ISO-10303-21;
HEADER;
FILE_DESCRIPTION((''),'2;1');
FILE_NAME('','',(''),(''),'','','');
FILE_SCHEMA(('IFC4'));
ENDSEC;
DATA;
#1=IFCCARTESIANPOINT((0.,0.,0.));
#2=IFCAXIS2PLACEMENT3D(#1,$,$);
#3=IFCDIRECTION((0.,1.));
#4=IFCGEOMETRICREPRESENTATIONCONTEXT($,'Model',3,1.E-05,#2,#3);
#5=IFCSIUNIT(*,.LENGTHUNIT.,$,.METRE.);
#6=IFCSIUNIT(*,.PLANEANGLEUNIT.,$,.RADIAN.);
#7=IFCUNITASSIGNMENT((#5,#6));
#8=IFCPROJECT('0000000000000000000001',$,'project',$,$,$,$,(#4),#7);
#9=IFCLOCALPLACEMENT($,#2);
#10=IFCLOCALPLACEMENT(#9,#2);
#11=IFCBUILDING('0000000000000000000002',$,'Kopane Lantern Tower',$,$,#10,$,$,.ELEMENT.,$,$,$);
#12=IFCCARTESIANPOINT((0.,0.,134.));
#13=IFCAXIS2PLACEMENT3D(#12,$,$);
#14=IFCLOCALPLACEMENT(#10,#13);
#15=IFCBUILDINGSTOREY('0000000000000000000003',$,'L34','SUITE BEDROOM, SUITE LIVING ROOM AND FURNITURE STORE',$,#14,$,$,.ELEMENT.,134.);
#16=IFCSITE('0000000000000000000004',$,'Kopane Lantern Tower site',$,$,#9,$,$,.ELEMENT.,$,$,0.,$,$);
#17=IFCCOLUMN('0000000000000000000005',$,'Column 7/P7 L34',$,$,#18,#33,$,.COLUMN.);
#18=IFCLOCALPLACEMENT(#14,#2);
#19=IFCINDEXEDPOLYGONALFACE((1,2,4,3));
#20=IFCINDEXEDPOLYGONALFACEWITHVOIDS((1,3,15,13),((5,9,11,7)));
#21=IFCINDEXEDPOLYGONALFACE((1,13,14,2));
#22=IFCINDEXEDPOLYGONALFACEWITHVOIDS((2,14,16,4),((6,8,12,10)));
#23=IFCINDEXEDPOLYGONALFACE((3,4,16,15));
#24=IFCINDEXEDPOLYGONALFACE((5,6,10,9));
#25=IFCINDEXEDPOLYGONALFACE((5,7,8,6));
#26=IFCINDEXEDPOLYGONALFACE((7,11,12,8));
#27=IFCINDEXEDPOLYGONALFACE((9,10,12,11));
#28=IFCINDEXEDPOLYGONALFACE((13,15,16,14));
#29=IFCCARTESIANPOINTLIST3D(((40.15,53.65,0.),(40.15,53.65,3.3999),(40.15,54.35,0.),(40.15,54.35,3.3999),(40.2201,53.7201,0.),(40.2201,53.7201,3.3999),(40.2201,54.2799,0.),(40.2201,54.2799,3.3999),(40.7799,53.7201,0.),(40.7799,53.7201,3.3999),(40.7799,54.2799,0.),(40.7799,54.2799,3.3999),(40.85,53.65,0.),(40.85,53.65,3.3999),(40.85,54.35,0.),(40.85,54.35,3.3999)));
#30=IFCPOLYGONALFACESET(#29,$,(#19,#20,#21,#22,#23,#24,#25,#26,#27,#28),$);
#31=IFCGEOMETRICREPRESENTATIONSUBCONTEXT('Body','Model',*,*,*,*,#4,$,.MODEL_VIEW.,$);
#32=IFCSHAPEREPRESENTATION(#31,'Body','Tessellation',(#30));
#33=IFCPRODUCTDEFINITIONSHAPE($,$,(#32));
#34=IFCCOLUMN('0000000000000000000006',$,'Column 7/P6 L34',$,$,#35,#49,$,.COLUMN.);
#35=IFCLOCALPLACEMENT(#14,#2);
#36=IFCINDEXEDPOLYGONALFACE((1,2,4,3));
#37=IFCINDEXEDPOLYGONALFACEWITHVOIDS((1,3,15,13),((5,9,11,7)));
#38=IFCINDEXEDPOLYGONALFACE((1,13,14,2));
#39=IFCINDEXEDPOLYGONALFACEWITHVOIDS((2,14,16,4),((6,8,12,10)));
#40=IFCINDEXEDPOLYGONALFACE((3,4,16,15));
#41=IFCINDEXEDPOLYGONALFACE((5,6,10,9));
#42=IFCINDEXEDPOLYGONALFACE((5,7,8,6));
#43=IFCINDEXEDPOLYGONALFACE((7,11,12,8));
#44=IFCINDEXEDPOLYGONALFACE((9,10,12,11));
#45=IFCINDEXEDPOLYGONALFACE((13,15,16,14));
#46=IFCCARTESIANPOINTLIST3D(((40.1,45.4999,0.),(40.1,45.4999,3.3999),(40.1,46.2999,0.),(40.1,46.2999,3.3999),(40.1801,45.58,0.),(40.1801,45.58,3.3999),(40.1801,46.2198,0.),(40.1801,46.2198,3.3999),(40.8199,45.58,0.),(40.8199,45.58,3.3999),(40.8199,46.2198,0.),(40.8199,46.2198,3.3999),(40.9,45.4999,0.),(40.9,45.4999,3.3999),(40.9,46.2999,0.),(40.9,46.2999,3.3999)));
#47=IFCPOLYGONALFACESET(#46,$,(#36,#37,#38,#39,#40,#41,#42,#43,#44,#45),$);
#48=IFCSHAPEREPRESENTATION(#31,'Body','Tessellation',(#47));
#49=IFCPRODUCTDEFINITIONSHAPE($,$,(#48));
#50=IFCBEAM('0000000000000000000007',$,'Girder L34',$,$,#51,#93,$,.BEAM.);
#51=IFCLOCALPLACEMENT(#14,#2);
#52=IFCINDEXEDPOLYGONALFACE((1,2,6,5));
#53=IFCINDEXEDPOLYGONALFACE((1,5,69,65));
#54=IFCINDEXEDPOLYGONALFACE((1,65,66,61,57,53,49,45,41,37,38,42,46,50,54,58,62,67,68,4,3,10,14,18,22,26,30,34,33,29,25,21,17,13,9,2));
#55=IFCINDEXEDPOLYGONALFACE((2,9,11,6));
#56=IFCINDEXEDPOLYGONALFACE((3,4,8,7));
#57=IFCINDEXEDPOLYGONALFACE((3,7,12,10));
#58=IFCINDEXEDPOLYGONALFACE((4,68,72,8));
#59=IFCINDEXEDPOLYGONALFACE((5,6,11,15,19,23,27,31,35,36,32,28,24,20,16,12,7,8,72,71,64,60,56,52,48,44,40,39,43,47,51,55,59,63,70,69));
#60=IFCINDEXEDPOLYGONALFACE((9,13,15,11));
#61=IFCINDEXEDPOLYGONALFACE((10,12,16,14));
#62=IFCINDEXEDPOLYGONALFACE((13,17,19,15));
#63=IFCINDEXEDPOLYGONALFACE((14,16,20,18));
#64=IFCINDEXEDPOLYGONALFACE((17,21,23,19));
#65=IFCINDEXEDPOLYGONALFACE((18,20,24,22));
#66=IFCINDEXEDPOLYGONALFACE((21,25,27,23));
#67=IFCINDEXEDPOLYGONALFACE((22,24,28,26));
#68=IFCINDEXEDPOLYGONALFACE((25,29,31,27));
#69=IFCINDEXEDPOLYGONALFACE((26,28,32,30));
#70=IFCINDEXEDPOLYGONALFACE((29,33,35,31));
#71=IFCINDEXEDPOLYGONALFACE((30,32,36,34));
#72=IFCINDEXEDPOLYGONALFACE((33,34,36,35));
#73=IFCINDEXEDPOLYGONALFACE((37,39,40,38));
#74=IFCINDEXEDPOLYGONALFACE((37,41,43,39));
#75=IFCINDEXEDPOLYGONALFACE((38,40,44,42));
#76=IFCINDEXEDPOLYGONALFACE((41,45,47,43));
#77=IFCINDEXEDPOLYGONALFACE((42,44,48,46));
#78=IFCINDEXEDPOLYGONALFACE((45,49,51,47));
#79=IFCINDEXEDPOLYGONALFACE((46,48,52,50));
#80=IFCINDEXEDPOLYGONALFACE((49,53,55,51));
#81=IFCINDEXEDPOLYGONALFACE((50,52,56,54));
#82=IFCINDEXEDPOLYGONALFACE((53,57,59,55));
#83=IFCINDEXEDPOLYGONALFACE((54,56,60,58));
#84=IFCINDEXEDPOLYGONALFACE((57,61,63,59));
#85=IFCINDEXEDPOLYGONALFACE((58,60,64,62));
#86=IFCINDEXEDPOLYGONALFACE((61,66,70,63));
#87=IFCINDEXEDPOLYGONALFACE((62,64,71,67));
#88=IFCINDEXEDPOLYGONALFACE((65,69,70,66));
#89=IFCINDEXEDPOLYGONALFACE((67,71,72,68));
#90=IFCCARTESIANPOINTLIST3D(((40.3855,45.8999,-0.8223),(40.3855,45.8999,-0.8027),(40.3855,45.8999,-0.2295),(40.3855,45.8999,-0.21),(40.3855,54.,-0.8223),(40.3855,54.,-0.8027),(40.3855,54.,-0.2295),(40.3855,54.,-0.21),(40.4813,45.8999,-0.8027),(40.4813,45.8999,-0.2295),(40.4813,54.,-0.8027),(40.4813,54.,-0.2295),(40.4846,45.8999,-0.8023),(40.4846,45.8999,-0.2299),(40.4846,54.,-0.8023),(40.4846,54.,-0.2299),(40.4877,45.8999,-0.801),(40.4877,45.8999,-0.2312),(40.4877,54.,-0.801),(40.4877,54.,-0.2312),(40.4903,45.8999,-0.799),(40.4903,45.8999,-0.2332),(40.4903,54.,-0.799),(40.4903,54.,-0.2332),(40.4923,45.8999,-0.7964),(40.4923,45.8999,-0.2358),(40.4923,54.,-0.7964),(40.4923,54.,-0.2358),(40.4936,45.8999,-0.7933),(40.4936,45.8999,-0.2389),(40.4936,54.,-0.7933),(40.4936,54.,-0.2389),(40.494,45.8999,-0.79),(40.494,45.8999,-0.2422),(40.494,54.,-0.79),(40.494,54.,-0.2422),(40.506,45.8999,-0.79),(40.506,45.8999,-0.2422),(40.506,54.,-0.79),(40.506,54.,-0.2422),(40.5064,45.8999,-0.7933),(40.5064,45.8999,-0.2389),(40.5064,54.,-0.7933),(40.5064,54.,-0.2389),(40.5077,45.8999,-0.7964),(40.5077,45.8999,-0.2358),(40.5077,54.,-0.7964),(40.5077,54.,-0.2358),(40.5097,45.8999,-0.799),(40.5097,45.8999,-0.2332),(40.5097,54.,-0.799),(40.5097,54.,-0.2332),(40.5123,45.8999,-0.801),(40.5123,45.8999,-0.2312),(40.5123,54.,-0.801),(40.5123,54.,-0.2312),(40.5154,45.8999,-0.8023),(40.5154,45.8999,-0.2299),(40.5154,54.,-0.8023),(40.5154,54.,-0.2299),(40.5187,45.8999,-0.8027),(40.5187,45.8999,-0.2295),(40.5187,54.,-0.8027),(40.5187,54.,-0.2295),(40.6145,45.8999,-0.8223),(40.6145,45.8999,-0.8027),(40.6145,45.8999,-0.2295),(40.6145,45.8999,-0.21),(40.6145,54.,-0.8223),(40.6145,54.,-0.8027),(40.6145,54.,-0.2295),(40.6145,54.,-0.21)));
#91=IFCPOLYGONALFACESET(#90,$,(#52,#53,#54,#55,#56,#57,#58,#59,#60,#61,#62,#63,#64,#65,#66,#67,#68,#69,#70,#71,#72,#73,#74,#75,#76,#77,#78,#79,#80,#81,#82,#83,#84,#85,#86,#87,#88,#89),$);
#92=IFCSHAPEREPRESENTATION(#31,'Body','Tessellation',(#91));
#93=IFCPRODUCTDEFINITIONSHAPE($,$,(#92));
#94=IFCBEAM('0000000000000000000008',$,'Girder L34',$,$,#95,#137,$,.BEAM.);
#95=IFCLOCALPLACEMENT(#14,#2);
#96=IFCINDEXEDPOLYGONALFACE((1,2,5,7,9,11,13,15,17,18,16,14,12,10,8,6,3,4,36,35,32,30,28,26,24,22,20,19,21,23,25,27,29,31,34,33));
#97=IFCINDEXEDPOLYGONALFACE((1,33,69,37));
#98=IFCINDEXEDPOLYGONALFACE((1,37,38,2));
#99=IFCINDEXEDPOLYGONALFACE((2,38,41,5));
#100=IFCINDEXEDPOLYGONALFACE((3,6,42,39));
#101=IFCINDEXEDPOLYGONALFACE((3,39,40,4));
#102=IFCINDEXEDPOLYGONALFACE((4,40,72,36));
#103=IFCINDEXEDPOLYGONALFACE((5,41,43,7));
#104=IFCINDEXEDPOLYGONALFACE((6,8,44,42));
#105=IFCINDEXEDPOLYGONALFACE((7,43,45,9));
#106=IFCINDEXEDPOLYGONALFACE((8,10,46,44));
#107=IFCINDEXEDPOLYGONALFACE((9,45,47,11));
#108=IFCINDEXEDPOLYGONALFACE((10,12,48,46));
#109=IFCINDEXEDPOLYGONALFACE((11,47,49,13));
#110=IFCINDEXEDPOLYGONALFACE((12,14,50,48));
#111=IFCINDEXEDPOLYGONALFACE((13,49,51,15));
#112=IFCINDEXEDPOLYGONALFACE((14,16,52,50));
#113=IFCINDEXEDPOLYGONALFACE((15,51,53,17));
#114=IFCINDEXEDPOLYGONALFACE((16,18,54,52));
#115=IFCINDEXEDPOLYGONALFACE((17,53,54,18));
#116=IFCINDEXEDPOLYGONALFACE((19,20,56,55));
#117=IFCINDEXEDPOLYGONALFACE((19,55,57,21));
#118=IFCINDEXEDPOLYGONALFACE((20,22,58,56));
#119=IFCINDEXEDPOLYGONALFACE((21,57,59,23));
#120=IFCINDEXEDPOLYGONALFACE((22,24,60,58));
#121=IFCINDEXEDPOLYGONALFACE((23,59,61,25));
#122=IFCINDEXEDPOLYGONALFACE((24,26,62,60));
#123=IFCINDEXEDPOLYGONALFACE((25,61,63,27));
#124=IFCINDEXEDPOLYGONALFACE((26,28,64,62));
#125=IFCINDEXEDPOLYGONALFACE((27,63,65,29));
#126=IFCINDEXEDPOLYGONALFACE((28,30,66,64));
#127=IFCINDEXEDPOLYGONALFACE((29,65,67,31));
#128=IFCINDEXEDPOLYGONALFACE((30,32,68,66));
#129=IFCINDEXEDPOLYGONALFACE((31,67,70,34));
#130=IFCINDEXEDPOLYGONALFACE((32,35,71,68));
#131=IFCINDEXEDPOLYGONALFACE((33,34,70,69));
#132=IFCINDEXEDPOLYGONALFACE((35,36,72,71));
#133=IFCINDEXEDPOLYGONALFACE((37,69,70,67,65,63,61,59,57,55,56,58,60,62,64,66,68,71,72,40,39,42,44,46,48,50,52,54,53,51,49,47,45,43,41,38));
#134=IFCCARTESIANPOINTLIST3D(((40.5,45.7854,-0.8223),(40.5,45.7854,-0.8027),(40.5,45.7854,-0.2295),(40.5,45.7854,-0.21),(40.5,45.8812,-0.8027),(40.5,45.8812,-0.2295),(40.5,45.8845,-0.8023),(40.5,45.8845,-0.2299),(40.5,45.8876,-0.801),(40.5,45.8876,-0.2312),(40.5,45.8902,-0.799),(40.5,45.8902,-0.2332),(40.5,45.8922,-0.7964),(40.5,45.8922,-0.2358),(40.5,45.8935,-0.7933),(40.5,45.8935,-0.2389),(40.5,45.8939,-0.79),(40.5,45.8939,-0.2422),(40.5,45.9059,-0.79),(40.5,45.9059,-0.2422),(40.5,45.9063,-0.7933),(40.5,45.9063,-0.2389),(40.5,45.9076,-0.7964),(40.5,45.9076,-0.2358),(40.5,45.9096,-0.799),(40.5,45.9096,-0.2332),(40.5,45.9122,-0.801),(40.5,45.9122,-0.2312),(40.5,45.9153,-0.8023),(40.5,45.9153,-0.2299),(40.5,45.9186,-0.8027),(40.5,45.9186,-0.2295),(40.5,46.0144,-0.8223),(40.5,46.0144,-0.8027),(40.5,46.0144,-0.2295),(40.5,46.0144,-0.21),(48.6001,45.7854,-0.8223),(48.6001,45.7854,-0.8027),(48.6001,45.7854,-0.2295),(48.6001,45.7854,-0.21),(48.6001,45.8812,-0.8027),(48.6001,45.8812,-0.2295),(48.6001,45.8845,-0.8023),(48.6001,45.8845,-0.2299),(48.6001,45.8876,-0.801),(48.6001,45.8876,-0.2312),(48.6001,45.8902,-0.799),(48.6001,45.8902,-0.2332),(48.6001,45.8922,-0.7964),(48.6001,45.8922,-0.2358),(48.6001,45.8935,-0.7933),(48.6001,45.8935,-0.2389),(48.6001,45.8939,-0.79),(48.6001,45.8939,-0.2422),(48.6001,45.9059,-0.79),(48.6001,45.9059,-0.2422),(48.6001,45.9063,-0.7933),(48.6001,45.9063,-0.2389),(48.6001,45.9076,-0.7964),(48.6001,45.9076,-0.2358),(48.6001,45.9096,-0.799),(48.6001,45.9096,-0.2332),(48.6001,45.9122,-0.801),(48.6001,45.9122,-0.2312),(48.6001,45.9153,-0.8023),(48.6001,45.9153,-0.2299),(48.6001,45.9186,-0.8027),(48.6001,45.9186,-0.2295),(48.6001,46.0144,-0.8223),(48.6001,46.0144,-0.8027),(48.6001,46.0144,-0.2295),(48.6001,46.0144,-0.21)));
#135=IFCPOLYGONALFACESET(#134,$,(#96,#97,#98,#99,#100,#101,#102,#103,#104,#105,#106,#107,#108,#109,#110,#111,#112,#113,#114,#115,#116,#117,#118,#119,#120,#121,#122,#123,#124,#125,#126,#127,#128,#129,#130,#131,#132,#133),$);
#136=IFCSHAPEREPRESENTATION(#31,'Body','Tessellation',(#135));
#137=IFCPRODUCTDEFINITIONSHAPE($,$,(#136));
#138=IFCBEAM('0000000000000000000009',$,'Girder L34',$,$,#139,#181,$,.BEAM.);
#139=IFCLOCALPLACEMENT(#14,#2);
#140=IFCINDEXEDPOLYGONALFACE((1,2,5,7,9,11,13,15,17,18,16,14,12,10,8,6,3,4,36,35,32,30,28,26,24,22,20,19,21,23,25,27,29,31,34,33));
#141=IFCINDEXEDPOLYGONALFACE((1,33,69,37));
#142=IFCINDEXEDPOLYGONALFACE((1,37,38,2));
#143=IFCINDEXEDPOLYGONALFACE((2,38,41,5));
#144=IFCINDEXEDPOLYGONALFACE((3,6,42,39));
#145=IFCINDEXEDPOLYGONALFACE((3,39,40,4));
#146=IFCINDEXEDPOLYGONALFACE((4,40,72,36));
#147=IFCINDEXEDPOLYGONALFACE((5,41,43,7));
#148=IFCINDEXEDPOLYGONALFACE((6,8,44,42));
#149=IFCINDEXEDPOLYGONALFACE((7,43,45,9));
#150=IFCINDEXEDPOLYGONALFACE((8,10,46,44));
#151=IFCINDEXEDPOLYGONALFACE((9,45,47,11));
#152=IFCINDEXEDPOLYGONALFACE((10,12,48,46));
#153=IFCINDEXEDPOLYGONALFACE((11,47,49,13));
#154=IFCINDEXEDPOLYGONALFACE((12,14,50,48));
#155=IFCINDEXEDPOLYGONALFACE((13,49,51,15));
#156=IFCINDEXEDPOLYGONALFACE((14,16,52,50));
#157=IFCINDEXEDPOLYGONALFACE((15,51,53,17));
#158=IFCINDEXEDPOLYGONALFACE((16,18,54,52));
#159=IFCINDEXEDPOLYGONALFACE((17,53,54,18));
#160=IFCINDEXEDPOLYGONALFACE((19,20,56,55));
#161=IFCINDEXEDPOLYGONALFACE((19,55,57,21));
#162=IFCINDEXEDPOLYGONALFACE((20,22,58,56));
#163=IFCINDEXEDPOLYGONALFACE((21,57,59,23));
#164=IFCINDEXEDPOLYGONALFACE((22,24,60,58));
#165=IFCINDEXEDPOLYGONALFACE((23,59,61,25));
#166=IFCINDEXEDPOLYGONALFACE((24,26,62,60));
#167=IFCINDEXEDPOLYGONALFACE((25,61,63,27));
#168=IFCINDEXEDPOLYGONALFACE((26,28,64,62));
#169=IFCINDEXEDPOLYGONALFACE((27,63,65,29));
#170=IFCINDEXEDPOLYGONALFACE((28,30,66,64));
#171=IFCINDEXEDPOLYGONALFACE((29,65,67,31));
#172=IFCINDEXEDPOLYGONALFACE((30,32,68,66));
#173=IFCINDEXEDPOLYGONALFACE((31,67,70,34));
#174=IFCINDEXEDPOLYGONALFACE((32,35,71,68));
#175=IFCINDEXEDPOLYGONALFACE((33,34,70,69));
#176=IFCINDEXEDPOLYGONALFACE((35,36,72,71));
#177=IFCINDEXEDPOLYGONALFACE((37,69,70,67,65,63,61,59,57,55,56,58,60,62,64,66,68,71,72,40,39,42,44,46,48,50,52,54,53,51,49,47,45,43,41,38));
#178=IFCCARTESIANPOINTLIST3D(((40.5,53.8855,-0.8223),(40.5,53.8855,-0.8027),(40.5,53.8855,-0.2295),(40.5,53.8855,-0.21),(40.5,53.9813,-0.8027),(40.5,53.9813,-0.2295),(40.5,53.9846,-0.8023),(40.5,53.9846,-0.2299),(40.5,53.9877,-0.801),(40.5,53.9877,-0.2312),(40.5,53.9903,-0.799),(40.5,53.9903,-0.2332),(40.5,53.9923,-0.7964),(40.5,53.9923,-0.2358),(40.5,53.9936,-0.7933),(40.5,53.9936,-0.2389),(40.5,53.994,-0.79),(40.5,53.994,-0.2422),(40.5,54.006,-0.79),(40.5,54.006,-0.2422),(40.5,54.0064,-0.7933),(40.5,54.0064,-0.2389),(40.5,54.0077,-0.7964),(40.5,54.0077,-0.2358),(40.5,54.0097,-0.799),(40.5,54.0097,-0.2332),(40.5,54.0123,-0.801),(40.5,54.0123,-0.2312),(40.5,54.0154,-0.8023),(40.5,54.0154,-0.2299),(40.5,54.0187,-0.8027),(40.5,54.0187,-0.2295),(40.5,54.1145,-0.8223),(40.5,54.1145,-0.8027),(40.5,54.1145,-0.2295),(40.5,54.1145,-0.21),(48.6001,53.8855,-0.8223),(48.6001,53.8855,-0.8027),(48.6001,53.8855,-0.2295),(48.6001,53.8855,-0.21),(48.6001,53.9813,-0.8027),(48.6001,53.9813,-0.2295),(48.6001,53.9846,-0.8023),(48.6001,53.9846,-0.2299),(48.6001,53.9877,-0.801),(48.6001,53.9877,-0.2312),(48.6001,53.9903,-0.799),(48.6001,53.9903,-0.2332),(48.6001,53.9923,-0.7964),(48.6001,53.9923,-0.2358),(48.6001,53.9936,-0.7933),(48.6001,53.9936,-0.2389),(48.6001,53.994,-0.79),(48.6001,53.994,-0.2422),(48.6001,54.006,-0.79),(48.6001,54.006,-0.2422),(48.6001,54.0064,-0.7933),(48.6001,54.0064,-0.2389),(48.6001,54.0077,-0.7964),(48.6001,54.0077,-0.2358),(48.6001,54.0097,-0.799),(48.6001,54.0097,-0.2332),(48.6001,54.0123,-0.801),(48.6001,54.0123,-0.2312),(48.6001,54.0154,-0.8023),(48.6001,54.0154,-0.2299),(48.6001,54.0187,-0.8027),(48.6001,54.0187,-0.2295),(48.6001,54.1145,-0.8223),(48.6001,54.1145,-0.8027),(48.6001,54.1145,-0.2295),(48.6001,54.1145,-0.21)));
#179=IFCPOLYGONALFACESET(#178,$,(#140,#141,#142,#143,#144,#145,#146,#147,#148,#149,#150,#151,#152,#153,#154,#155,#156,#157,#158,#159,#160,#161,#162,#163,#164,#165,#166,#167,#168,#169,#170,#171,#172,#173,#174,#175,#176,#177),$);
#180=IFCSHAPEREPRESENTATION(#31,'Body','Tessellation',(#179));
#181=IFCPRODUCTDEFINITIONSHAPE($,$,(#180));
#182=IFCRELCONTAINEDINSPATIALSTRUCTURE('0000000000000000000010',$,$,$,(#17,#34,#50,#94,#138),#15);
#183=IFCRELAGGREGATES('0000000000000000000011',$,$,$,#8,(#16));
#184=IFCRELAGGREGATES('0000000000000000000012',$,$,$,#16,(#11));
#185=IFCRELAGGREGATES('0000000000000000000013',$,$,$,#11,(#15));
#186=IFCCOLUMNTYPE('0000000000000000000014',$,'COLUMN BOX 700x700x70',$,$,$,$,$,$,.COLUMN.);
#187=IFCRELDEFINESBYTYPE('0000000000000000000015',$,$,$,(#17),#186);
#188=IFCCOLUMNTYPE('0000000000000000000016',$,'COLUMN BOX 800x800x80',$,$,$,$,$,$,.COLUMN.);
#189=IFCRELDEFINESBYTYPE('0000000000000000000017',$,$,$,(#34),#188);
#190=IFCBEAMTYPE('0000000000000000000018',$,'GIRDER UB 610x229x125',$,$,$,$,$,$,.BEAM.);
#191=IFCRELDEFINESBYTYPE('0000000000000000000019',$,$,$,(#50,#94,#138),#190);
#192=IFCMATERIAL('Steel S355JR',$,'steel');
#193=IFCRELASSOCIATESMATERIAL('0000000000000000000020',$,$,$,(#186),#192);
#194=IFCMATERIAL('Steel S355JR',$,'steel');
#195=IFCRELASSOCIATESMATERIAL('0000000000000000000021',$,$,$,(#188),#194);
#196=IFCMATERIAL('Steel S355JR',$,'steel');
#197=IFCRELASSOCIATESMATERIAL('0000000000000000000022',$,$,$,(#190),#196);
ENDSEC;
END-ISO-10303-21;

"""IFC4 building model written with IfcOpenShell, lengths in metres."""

from ifc_helpers import new_model, si_unit, direction, frame, origin, origin_2d, place, context, subcontext, project, spatial, hollow_rectangle, i_section, extrude, material, material_profile, profile_set, type_object, element, save


model = new_model("IFC4")

# Units and contexts
model_context = context("Model", 3, precision=1e-05, world=origin(), true_north=direction((0.0, 1.0)))
body_context = subcontext(model_context, "Body", "Model", "MODEL_VIEW")
ifc_project = project(units=[si_unit("LENGTHUNIT", "METRE"), si_unit("PLANEANGLEUNIT", "RADIAN")], contexts=[model_context])

# Site, building, storey
site_placement = place(None, origin())
site = spatial("IfcSite", under=ifc_project, at=site_placement, Name="Kopane Lantern Tower site", CompositionType="ELEMENT", RefElevation=0.0)
building_placement = place(site_placement, origin())
building = spatial("IfcBuilding", under=site, at=building_placement, Name="Kopane Lantern Tower", CompositionType="ELEMENT")
storey_placement = place(building_placement, frame((0.0, 0.0, 134.0)))
storey = spatial("IfcBuildingStorey", under=building, at=storey_placement, Name="L34", Description="SUITE BEDROOM, SUITE LIVING ROOM AND FURNITURE STORE", CompositionType="ELEMENT", Elevation=134.0)

# Columns
ifc_material_1 = material(Name="Steel S355JR", Category="steel")
ifc_material_profile_1 = material_profile(ifc_material_1, hollow_rectangle(XDim=0.7, YDim=0.7, WallThickness=0.0701, at=origin_2d()), Name="BOX 700x700x70")
ifc_profile_set_1 = profile_set([ifc_material_profile_1], Name="Steel S355JR")
column_type_1 = type_object("IfcColumnType", Name="COLUMN BOX 700x700x70", PredefinedType="COLUMN", material=ifc_profile_set_1)
column_1_placement = place(storey_placement, frame((40.5, 54.0, 0.0), z_axis=(0.0, 0.0, 1.0), x_axis=(1.0, 0.0, 0.0)))
element("IfcColumn", 1, at=column_1_placement, inside=storey, type_object=column_type_1, Name="Column 7/P7 L34", PredefinedType="COLUMN", context=body_context, shape_type="SweptSolid", body=[
    extrude(hollow_rectangle(XDim=0.7, YDim=0.7, WallThickness=0.0701, at=origin_2d()), origin(), (0.0, 0.0, 1.0), 3.3999),
])
ifc_material_2 = material(Name="Steel S355JR", Category="steel")
ifc_material_profile_2 = material_profile(ifc_material_2, hollow_rectangle(XDim=0.8, YDim=0.8, WallThickness=0.0801, at=origin_2d()), Name="BOX 800x800x80")
ifc_profile_set_2 = profile_set([ifc_material_profile_2], Name="Steel S355JR")
column_type_2 = type_object("IfcColumnType", Name="COLUMN BOX 800x800x80", PredefinedType="COLUMN", material=ifc_profile_set_2)
column_2_placement = place(storey_placement, frame((40.5, 45.8999, 0.0), z_axis=(0.0, 0.0, 1.0), x_axis=(1.0, 0.0, 0.0)))
element("IfcColumn", 2, at=column_2_placement, inside=storey, type_object=column_type_2, Name="Column 7/P6 L34", PredefinedType="COLUMN", context=body_context, shape_type="SweptSolid", body=[
    extrude(hollow_rectangle(XDim=0.8, YDim=0.8, WallThickness=0.0801, at=origin_2d()), origin(), (0.0, 0.0, 1.0), 3.3999),
])

# Beams
ifc_material_3 = material(Name="Steel S355JR", Category="steel")
ifc_material_profile_3 = material_profile(ifc_material_3, i_section(OverallWidth=0.229, OverallDepth=0.6123, WebThickness=0.012, FlangeThickness=0.0195, FilletRadius=0.0127, at=origin_2d()), Name="UB 610x229x125")
ifc_profile_set_3 = profile_set([ifc_material_profile_3], Name="Steel S355JR")
beam_type = type_object("IfcBeamType", Name="GIRDER UB 610x229x125", PredefinedType="BEAM", material=ifc_profile_set_3)
for number, where, z_axis, x_axis, name in (
    (3, (40.5, 45.8999, -0.5161), (0.0, 1.0, 0.0), (-1.0, 0.0, 0.0), "Girder L34"),
    (4, (40.5, 45.8999, -0.5161), (1.0, 0.0, 0.0), (0.0, 1.0, 0.0), "Girder L34"),
    (5, (40.5, 54.0, -0.5161), (1.0, 0.0, 0.0), (0.0, 1.0, 0.0), "Girder L34"),
):
    element("IfcBeam", number, at=place(storey_placement, frame(where, z_axis=z_axis, x_axis=x_axis)), inside=storey, type_object=beam_type, Name=name, PredefinedType="BEAM", context=body_context, shape_type="SweptSolid", body=[
        extrude(i_section(OverallWidth=0.229, OverallDepth=0.6123, WebThickness=0.012, FlangeThickness=0.0195, FilletRadius=0.0127, at=origin_2d()), origin(), (0.0, 0.0, 1.0), 8.1001),
    ])

save(model, "model.ifc")
